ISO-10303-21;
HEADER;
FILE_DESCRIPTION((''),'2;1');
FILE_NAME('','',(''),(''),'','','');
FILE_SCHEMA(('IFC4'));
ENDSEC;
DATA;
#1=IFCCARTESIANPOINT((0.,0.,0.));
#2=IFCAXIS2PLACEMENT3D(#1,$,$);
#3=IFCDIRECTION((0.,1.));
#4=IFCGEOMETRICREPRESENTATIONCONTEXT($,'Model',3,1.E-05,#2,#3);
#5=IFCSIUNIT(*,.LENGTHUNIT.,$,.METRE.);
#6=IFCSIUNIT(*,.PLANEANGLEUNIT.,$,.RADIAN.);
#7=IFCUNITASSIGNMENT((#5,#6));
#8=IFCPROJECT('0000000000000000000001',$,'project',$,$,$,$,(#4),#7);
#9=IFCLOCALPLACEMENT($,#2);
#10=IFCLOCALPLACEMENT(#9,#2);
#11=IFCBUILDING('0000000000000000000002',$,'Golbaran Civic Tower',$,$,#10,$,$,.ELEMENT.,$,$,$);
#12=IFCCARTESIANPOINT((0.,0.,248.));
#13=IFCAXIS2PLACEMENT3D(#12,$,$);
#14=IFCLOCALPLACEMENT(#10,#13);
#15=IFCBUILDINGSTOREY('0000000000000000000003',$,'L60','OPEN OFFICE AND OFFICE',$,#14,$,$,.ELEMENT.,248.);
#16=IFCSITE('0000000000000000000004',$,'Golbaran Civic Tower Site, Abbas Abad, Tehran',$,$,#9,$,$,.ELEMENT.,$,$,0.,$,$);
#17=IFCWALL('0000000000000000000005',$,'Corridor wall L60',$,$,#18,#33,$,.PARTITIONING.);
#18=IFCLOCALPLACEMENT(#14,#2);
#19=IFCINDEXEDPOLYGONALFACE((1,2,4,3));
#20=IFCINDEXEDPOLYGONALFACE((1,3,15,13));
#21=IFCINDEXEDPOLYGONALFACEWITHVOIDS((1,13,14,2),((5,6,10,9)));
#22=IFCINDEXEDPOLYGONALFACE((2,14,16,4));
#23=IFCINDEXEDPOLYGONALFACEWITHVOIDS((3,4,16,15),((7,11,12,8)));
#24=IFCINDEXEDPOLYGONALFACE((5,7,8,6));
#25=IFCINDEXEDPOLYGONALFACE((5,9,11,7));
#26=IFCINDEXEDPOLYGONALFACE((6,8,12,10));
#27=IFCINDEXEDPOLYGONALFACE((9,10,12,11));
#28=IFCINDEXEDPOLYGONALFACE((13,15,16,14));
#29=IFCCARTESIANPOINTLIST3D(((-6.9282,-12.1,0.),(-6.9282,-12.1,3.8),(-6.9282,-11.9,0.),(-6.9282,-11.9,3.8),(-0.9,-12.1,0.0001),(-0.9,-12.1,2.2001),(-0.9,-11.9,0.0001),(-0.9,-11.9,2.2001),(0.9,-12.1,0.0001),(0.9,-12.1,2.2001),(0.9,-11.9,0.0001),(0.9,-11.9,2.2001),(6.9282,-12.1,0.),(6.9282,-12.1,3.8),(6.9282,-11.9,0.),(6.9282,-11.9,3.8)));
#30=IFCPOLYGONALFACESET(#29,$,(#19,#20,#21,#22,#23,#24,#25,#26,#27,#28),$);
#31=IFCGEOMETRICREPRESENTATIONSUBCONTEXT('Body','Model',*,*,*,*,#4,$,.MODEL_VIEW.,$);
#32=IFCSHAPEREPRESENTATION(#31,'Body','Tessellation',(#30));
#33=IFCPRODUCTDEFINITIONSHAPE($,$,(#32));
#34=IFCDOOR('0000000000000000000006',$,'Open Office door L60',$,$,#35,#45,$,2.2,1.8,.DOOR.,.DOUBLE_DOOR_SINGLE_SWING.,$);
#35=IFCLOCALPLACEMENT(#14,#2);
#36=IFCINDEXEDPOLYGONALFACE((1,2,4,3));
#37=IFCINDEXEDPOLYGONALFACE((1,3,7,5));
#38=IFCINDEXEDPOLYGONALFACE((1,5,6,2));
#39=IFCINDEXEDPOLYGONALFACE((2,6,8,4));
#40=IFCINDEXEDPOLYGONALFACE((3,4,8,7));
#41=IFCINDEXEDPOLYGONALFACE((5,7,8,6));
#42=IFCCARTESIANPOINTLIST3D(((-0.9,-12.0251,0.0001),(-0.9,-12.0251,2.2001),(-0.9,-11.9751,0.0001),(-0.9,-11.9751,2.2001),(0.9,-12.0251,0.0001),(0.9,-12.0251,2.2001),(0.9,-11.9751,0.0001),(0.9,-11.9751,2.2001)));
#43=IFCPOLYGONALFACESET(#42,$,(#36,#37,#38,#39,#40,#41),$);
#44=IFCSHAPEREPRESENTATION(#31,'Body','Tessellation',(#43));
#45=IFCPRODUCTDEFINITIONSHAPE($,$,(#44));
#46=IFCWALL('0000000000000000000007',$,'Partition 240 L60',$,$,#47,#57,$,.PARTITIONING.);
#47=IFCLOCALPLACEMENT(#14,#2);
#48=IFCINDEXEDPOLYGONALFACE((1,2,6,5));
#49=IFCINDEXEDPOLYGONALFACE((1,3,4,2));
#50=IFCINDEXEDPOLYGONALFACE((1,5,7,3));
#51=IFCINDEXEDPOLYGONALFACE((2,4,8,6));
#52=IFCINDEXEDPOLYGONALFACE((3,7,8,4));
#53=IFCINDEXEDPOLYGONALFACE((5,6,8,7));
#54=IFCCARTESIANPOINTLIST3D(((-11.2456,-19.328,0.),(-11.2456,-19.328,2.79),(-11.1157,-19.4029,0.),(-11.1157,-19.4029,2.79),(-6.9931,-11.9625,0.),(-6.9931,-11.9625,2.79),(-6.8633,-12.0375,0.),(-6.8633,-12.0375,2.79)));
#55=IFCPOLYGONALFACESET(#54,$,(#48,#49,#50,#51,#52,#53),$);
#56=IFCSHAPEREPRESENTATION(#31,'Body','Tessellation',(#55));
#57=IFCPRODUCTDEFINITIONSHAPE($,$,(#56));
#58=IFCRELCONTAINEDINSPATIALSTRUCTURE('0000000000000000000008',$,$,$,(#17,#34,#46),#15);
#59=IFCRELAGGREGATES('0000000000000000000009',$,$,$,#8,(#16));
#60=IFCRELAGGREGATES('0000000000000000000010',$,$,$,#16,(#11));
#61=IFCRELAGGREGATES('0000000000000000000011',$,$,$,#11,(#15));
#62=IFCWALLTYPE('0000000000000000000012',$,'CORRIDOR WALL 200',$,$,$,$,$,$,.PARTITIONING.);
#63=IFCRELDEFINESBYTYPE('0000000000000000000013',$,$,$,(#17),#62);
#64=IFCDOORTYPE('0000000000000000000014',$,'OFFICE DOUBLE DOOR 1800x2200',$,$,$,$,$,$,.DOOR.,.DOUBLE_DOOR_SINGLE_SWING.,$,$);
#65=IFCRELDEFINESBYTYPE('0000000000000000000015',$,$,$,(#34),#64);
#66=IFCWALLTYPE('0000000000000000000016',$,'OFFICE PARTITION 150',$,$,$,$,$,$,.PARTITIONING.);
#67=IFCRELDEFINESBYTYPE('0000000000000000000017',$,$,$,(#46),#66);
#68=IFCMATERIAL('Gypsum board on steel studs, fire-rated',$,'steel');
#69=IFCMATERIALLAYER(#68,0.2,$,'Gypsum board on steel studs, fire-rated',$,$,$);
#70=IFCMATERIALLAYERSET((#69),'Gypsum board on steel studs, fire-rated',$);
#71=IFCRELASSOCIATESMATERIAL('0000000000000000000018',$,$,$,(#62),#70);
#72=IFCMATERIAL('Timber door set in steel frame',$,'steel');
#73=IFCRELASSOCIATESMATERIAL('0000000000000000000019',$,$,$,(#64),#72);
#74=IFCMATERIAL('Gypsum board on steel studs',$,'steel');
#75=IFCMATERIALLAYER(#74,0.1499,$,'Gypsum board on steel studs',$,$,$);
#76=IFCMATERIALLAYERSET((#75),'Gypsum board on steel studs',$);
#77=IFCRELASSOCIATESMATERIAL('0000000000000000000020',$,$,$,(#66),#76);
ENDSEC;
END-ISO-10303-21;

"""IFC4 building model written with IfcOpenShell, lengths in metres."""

from ifc_helpers import new_model, si_unit, direction, frame, frame_2d, origin, place, context, subcontext, project, spatial, rectangle, extrude, material, layer, layer_set, type_object, element, fill, save


model = new_model("IFC4")

# Units and contexts
model_context = context("Model", 3, precision=1e-05, world=origin(), true_north=direction((0.0, 1.0)))
body_context = subcontext(model_context, "Body", "Model", "MODEL_VIEW")
ifc_project = project(units=[si_unit("LENGTHUNIT", "METRE"), si_unit("PLANEANGLEUNIT", "RADIAN")], contexts=[model_context])

# Site, building, storey
site_placement = place(None, origin())
site = spatial("IfcSite", under=ifc_project, at=site_placement, Name="Golbaran Civic Tower Site, Abbas Abad, Tehran", CompositionType="ELEMENT", RefElevation=0.0)
building_placement = place(site_placement, origin())
building = spatial("IfcBuilding", under=site, at=building_placement, Name="Golbaran Civic Tower", CompositionType="ELEMENT")
storey_placement = place(building_placement, frame((0.0, 0.0, 248.0)))
storey = spatial("IfcBuildingStorey", under=building, at=storey_placement, Name="L60", Description="OPEN OFFICE AND OFFICE", CompositionType="ELEMENT", Elevation=248.0)

# Shared definitions
ifc_material_1 = material(Name="Timber door set in steel frame", Category="steel")

# Shared definitions
ifc_material_2 = material(Name="Gypsum board on steel studs, fire-rated", Category="steel")
ifc_layer_1 = layer(ifc_material_2, 0.2, Name="Gypsum board on steel studs, fire-rated")
ifc_layer_set_1 = layer_set([ifc_layer_1], Name="Gypsum board on steel studs, fire-rated")
wall_type_1 = type_object("IfcWallType", Name="CORRIDOR WALL 200", PredefinedType="PARTITIONING", material=ifc_layer_set_1)

# Wall, opening, door
wall_1_placement = place(storey_placement, frame((-6.9282, -12.0, 0.0), z_axis=(0.0, 0.0, 1.0), x_axis=(1.0, 0.0, 0.0)))
wall_1 = element("IfcWall", 1, at=wall_1_placement, inside=storey, type_object=wall_type_1, Name="Corridor wall L60", PredefinedType="PARTITIONING", context=body_context, shape_type="SweptSolid", body=[
    extrude(rectangle(XDim=13.8564, YDim=0.2, at=frame_2d((6.9282, 0.0))), origin(), (0.0, 0.0, 1.0), 3.8),
])
opening_1_placement = place(wall_1_placement, frame((6.0283, 0.0, 0.0)))
opening_1 = element("IfcOpeningElement", 2, at=opening_1_placement, cuts=wall_1, PredefinedType="OPENING", context=body_context, shape_type="SweptSolid", body=[
    extrude(rectangle(XDim=1.8, YDim=2.2, at=frame_2d((0.8999, 1.1001))), frame((0.0, 0.1099, 0.0), z_axis=(0.0, -1.0, 0.0), x_axis=(1.0, 0.0, 0.0)), (0.0, 0.0, 1.0), 0.22),
])
door_type_1 = type_object("IfcDoorType", Name="OFFICE DOUBLE DOOR 1800x2200", OperationType="DOUBLE_DOOR_SINGLE_SWING", PredefinedType="DOOR", material=ifc_material_1)
door_1_placement = place(opening_1_placement, origin())
door_1 = element("IfcDoor", 3, at=door_1_placement, inside=storey, type_object=door_type_1, Name="Open Office door L60", OperationType="DOUBLE_DOOR_SINGLE_SWING", OverallHeight=2.2, OverallWidth=1.8, PredefinedType="DOOR", context=body_context, shape_type="SweptSolid", body=[
    extrude(rectangle(XDim=1.8, YDim=2.2, at=frame_2d((0.8999, 1.1001))), frame((0.0, 0.0249, 0.0), z_axis=(0.0, -1.0, 0.0), x_axis=(1.0, 0.0, 0.0)), (0.0, 0.0, 1.0), 0.05),
])
fill(opening_1, door_1)

# Wall
ifc_material_3 = material(Name="Gypsum board on steel studs", Category="steel")
ifc_layer_2 = layer(ifc_material_3, 0.1499, Name="Gypsum board on steel studs")
ifc_layer_set_2 = layer_set([ifc_layer_2], Name="Gypsum board on steel studs")
wall_type_2 = type_object("IfcWallType", Name="OFFICE PARTITION 150", PredefinedType="PARTITIONING", material=ifc_layer_set_2)
wall_2_placement = place(storey_placement, frame((-6.9282, -12.0, 0.0), z_axis=(0.0, 0.0, 1.0), x_axis=(-0.499998, -0.866026, 0.0)))
element("IfcWall", 4, at=wall_2_placement, inside=storey, type_object=wall_type_2, Name="Partition 240 L60", PredefinedType="PARTITIONING", context=body_context, shape_type="SweptSolid", body=[
    extrude(rectangle(XDim=8.5049, YDim=0.1499, at=frame_2d((4.2524, 0.0))), origin(), (0.0, 0.0, 1.0), 2.79),
])

save(model, "model.ifc")
